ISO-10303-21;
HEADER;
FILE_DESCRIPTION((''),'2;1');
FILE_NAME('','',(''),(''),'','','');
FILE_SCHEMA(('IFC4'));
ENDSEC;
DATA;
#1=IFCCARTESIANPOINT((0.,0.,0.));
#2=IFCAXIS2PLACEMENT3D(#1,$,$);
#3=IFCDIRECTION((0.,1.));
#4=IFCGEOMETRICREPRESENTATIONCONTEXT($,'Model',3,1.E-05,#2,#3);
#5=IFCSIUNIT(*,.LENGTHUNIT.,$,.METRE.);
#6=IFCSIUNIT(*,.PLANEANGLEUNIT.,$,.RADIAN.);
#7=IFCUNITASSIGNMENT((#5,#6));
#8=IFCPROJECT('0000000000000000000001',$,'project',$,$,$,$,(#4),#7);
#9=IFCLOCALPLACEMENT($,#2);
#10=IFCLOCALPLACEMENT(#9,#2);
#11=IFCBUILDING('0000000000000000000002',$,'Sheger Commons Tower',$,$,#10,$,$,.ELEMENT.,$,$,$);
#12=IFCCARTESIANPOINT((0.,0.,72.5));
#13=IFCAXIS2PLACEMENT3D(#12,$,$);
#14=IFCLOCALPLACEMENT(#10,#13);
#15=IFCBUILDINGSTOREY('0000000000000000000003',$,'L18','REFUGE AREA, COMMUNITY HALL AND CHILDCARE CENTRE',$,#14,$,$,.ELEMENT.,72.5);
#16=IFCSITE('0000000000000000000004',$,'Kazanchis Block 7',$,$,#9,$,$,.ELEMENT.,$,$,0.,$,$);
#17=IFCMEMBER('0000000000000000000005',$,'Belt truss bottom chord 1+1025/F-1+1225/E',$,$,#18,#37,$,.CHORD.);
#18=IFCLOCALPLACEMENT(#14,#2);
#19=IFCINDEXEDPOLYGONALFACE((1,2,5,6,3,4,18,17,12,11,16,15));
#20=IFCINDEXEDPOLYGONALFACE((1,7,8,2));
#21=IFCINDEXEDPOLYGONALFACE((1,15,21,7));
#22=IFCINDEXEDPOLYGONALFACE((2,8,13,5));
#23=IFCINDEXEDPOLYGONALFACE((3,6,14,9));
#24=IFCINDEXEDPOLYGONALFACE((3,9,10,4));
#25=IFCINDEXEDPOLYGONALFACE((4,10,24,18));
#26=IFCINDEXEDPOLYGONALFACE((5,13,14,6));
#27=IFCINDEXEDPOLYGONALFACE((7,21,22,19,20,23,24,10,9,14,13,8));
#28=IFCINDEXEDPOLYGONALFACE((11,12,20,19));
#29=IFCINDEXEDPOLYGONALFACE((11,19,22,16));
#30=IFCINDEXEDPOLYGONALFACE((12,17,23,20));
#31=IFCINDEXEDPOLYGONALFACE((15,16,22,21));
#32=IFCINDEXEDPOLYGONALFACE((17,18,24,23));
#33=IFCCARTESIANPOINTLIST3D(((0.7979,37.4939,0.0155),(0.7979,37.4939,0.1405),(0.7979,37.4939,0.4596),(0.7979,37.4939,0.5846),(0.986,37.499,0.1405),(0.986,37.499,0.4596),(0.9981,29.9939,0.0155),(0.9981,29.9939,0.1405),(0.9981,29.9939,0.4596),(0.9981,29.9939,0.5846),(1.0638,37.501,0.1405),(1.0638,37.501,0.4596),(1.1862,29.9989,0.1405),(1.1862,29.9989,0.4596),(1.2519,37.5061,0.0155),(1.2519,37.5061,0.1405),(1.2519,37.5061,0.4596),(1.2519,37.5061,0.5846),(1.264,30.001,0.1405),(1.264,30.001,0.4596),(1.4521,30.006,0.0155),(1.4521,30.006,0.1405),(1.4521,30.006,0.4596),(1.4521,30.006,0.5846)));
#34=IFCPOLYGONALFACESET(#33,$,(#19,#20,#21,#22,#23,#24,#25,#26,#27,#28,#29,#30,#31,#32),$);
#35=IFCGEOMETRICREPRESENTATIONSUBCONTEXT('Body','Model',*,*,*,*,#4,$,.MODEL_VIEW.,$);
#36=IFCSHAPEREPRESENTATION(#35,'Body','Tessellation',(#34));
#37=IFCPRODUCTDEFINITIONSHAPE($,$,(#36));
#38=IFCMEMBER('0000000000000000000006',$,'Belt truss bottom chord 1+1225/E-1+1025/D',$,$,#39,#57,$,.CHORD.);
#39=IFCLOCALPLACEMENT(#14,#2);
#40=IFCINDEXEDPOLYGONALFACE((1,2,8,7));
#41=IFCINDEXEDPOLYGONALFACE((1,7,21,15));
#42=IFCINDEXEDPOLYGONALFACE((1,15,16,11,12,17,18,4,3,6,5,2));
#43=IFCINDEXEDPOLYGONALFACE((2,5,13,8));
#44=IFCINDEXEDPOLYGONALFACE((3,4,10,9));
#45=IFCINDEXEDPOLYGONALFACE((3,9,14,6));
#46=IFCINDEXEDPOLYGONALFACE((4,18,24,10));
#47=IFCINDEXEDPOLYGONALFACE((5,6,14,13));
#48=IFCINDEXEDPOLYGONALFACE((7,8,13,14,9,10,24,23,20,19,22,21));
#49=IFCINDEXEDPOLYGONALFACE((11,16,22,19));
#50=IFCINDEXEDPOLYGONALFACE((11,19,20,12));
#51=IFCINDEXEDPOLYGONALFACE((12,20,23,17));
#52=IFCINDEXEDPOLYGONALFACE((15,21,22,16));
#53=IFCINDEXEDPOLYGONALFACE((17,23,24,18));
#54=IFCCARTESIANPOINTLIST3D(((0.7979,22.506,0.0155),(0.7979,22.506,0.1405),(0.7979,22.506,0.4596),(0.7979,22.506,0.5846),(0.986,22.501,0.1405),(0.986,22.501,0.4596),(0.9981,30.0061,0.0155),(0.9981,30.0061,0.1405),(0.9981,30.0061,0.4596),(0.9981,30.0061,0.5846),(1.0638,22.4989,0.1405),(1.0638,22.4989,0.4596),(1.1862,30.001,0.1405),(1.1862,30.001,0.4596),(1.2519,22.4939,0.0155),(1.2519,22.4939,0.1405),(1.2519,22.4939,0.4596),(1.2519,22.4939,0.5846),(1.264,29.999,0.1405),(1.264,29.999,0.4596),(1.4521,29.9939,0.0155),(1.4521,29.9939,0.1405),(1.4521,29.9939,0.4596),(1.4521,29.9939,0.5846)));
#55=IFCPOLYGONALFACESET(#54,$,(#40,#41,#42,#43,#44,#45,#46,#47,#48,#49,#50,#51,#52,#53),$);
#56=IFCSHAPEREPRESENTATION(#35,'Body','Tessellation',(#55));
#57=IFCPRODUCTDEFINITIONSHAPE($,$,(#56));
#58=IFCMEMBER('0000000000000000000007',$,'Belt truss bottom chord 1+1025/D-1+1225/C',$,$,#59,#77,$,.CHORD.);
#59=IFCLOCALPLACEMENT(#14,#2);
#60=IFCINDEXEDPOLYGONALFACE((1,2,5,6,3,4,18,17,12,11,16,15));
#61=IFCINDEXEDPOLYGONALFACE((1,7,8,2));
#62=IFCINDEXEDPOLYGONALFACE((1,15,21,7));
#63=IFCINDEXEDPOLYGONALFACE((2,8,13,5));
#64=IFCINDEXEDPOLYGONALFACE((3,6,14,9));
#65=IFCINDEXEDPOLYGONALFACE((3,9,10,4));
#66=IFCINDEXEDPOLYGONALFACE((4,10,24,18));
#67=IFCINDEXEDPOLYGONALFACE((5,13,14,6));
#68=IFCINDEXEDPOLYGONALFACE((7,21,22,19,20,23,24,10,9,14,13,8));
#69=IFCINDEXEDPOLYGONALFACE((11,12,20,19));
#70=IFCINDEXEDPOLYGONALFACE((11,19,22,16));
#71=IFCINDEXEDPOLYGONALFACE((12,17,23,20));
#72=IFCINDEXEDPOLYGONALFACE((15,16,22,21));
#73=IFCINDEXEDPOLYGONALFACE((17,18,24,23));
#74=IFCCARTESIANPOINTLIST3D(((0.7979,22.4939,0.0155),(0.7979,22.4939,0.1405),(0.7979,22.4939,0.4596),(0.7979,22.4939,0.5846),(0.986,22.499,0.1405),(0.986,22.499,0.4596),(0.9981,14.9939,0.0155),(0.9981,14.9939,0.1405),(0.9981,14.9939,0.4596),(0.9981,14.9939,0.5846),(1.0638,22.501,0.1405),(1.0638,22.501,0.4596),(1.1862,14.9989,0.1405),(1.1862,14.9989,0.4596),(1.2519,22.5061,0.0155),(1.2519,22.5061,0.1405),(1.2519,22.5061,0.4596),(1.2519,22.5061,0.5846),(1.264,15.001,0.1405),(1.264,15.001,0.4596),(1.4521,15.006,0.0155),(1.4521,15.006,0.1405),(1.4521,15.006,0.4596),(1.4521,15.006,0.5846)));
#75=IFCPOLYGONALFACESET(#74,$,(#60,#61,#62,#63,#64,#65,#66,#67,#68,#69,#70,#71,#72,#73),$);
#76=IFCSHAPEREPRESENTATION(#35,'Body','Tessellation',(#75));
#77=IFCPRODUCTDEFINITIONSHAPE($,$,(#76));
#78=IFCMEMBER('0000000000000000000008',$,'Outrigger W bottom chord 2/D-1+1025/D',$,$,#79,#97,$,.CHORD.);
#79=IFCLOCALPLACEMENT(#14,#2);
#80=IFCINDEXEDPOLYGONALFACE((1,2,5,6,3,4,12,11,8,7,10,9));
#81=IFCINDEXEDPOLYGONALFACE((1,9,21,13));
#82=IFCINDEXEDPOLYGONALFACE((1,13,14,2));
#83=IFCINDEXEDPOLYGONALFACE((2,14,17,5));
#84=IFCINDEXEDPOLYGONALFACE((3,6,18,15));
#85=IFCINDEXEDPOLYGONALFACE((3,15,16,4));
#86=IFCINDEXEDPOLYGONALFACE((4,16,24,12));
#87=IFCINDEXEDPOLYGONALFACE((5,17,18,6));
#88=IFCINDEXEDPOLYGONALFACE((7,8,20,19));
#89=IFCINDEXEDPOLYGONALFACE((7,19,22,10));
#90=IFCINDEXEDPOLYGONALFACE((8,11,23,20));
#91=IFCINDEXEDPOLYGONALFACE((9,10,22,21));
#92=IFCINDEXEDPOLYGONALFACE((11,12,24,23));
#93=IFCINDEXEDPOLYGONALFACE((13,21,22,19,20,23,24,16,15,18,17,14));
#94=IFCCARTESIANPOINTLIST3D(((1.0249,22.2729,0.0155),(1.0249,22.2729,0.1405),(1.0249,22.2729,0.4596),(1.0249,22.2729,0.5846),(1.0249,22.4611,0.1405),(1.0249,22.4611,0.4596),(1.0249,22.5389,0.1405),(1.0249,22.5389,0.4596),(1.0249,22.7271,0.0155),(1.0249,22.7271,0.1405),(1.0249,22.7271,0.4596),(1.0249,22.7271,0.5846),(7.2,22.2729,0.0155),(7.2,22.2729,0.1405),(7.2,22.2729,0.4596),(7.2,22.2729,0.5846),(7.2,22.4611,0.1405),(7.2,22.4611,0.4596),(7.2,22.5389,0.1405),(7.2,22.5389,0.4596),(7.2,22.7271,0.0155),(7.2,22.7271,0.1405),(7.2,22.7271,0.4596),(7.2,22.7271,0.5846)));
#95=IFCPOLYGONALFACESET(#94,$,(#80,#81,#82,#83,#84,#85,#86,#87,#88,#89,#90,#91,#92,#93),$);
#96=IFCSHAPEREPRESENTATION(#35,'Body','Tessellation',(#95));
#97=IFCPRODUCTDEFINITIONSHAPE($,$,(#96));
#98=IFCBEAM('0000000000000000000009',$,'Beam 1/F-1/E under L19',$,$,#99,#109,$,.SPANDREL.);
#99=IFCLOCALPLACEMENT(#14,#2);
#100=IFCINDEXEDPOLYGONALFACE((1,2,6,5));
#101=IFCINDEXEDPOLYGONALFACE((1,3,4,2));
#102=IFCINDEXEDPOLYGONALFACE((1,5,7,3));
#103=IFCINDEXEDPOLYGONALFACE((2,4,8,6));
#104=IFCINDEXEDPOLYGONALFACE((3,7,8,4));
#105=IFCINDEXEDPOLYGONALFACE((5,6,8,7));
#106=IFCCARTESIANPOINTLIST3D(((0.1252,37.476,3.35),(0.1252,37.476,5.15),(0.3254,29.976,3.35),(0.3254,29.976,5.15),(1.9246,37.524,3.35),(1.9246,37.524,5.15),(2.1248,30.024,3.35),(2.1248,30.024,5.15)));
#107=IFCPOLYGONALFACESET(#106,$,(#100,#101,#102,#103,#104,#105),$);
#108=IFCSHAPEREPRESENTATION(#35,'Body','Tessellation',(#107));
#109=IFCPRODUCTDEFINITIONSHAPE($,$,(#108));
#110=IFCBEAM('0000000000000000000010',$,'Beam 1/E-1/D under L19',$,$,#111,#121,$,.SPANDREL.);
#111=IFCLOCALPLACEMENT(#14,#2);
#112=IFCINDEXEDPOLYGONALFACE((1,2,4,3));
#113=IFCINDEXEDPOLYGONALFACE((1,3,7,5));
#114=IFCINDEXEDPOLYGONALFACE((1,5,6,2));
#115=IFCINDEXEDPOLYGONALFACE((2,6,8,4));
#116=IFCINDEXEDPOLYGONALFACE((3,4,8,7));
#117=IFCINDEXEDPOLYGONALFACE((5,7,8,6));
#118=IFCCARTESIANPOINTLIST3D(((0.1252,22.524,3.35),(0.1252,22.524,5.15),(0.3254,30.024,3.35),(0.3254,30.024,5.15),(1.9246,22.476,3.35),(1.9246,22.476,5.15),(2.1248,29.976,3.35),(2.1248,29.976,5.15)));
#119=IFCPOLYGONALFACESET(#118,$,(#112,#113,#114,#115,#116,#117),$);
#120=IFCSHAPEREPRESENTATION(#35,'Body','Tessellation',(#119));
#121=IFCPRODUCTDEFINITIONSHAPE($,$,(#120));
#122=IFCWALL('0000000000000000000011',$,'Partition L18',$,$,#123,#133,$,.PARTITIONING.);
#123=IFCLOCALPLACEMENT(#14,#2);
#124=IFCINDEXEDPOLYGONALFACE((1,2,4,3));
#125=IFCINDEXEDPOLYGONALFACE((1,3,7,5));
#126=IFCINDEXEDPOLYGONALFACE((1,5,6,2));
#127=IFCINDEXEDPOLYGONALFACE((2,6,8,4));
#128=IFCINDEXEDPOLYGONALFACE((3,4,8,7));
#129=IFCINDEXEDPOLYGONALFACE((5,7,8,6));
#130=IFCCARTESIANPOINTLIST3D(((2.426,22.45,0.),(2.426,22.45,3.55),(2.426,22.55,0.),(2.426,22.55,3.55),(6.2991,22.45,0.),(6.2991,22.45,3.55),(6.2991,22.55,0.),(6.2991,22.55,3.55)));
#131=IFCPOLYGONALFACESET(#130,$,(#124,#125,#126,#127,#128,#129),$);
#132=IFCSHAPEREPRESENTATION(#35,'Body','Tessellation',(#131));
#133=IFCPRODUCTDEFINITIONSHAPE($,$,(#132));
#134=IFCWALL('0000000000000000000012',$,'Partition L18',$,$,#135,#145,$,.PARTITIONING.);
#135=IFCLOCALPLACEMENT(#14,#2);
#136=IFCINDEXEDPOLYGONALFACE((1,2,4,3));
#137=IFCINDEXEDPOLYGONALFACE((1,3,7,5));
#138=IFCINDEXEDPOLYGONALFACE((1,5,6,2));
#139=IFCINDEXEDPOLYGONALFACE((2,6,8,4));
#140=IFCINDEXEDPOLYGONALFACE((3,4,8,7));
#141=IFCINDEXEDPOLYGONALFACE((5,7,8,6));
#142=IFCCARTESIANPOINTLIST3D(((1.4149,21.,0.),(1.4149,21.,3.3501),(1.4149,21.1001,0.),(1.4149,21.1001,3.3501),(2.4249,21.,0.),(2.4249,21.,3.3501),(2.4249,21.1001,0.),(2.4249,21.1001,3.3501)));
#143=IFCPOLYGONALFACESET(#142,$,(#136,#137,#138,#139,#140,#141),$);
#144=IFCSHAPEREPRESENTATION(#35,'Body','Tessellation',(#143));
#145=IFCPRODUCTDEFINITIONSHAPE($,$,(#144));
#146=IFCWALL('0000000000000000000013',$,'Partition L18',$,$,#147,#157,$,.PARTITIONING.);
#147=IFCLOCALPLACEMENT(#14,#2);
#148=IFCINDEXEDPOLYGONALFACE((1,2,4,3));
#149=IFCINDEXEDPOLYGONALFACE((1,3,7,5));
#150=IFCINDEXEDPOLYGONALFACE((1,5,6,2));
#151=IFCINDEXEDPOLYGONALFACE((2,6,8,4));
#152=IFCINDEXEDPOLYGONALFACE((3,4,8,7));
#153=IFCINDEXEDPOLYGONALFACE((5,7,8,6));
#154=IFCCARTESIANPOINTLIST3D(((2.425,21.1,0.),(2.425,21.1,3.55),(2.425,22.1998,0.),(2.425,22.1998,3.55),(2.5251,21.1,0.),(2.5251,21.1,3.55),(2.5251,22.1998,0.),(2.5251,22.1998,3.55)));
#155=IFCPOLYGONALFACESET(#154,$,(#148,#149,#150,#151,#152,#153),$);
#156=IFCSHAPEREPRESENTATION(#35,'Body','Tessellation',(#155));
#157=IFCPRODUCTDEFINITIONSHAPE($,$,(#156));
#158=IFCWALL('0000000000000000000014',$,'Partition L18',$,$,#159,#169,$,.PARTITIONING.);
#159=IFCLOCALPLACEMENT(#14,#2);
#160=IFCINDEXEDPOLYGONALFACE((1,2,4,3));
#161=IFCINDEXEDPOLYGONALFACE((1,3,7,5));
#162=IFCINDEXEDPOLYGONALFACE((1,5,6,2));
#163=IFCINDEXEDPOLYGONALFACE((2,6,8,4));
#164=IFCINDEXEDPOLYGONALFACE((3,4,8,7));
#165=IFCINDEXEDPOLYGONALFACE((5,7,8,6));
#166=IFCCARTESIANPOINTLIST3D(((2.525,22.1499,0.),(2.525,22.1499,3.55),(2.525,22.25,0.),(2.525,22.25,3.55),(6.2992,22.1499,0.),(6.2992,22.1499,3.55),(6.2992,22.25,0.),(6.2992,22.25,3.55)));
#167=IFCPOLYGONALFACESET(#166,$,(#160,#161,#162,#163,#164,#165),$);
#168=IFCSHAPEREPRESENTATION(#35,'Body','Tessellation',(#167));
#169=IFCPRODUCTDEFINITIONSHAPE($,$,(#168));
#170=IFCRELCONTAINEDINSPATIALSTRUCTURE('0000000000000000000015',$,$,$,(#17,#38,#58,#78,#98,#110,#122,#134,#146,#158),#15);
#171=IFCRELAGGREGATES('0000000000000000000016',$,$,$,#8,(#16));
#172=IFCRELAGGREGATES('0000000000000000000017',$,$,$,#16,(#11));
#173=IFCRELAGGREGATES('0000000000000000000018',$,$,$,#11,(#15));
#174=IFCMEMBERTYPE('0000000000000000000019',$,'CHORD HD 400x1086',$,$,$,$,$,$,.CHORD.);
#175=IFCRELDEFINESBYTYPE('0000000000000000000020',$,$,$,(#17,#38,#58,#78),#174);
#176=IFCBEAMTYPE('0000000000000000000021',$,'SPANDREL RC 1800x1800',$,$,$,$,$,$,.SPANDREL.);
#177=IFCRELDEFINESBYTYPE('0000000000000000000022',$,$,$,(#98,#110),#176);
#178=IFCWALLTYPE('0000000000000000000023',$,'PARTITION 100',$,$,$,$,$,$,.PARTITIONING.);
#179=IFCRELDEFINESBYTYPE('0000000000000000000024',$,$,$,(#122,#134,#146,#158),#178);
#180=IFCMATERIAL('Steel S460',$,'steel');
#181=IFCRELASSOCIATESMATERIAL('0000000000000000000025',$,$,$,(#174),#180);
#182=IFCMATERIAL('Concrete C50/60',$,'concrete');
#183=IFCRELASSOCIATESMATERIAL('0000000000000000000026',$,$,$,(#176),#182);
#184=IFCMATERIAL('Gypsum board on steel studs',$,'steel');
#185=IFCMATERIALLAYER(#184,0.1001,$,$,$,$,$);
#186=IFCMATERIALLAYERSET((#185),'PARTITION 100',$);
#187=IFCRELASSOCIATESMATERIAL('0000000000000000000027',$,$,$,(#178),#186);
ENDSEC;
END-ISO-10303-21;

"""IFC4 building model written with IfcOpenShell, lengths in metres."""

from ifc_helpers import new_model, si_unit, direction, frame, frame_2d, origin, origin_2d, place, context, subcontext, project, spatial, rectangle, i_section, extrude, material, layer, layer_set, material_profile, profile_set, type_object, element, save


model = new_model("IFC4")

# Units and contexts
model_context = context("Model", 3, precision=1e-05, world=origin(), true_north=direction((0.0, 1.0)))
body_context = subcontext(model_context, "Body", "Model", "MODEL_VIEW")
ifc_project = project(units=[si_unit("LENGTHUNIT", "METRE"), si_unit("PLANEANGLEUNIT", "RADIAN")], contexts=[model_context])

# Site, building, storey
site_placement = place(None, origin())
site = spatial("IfcSite", under=ifc_project, at=site_placement, Name="Kazanchis Block 7", CompositionType="ELEMENT", RefElevation=0.0)
building_placement = place(site_placement, origin())
building = spatial("IfcBuilding", under=site, at=building_placement, Name="Sheger Commons Tower", CompositionType="ELEMENT")
storey_placement = place(building_placement, frame((0.0, 0.0, 72.5)))
storey = spatial("IfcBuildingStorey", under=building, at=storey_placement, Name="L18", Description="REFUGE AREA, COMMUNITY HALL AND CHILDCARE CENTRE", CompositionType="ELEMENT", Elevation=72.5)

# Members
ifc_material_1 = material(Name="Steel S460", Category="steel")
ifc_material_profile_1 = material_profile(ifc_material_1, i_section(OverallWidth=0.4541, OverallDepth=0.5691, WebThickness=0.0779, FlangeThickness=0.125, at=origin_2d()), Name="HD 400x1086")
ifc_profile_set_1 = profile_set([ifc_material_profile_1], Name="Steel S460")
member_type_1 = type_object("IfcMemberType", Name="CHORD HD 400x1086", PredefinedType="CHORD", material=ifc_profile_set_1)
for number, where, z_axis, x_axis, name in (
    (1, (1.0249, 37.5, 0.3), (0.026683, -0.999644, 0.0), (0.999644, 0.026683, 0.0), "Belt truss bottom chord 1+1025/F-1+1225/E"),
    (2, (1.2251, 30.0, 0.3), (-0.026683, -0.999644, 0.0), (0.999644, -0.026683, 0.0), "Belt truss bottom chord 1+1225/E-1+1025/D"),
    (3, (1.0249, 22.5, 0.3), (0.026683, -0.999644, 0.0), (0.999644, 0.026683, 0.0), "Belt truss bottom chord 1+1025/D-1+1225/C"),
):
    element("IfcMember", number, at=place(storey_placement, frame(where, z_axis=z_axis, x_axis=x_axis)), inside=storey, type_object=member_type_1, Name=name, PredefinedType="CHORD", context=body_context, shape_type="SweptSolid", body=[
        extrude(i_section(OverallWidth=0.4541, OverallDepth=0.5691, WebThickness=0.0779, FlangeThickness=0.125, at=origin_2d()), origin(), (0.0, 0.0, 1.0), 7.5027),
    ])
member_1_placement = place(storey_placement, frame((7.2, 22.5, 0.3), z_axis=(-1.0, 0.0, 0.0), x_axis=(0.0, -1.0, 0.0)))
element("IfcMember", 4, at=member_1_placement, inside=storey, type_object=member_type_1, Name="Outrigger W bottom chord 2/D-1+1025/D", PredefinedType="CHORD", context=body_context, shape_type="SweptSolid", body=[
    extrude(i_section(OverallWidth=0.4541, OverallDepth=0.5691, WebThickness=0.0779, FlangeThickness=0.125, at=origin_2d()), origin(), (0.0, 0.0, 1.0), 6.175),
])

# Beams
ifc_material_2 = material(Name="Concrete C50/60", Category="concrete")
ifc_material_profile_2 = material_profile(ifc_material_2, rectangle(XDim=1.8, YDim=1.8, at=origin_2d()), Name="RC 1800x1800")
ifc_profile_set_2 = profile_set([ifc_material_profile_2], Name="Concrete C50/60")
beam_type_1 = type_object("IfcBeamType", Name="SPANDREL RC 1800x1800", PredefinedType="SPANDREL", material=ifc_profile_set_2)
for number, where, z_axis, x_axis, name in (
    (5, (1.0249, 37.5, 4.25), (0.026683, -0.999644, 0.0), (0.999644, 0.026683, 0.0), "Beam 1/F-1/E under L19"),
    (6, (1.2251, 30.0, 4.25), (-0.026683, -0.999644, 0.0), (0.999644, -0.026683, 0.0), "Beam 1/E-1/D under L19"),
):
    element("IfcBeam", number, at=place(storey_placement, frame(where, z_axis=z_axis, x_axis=x_axis)), inside=storey, type_object=beam_type_1, Name=name, PredefinedType="SPANDREL", context=body_context, shape_type="SweptSolid", body=[
        extrude(rectangle(XDim=1.8, YDim=1.8, at=origin_2d()), origin(), (0.0, 0.0, 1.0), 7.5027),
    ])

# Walls
ifc_material_3 = material(Name="Gypsum board on steel studs", Category="steel")
ifc_layer = layer(ifc_material_3, 0.1001)
ifc_layer_set = layer_set([ifc_layer], Name="PARTITION 100")
wall_type = type_object("IfcWallType", Name="PARTITION 100", PredefinedType="PARTITIONING", material=ifc_layer_set)
wall_1_placement = place(storey_placement, frame((2.426, 22.5, 0.0), z_axis=(0.0, 0.0, 1.0), x_axis=(1.0, 0.0, 0.0)))
element("IfcWall", 7, at=wall_1_placement, inside=storey, type_object=wall_type, Name="Partition L18", PredefinedType="PARTITIONING", context=body_context, shape_type="SweptSolid", body=[
    extrude(rectangle(XDim=3.873, YDim=0.1001, at=frame_2d((1.9365, 0.0))), origin(), (0.0, 0.0, 1.0), 3.55),
])
wall_2_placement = place(storey_placement, frame((1.415, 21.05, 0.0), z_axis=(0.0, 0.0, 1.0), x_axis=(1.0, 0.0, 0.0)))
element("IfcWall", 8, at=wall_2_placement, inside=storey, type_object=wall_type, Name="Partition L18", PredefinedType="PARTITIONING", context=body_context, shape_type="SweptSolid", body=[
    extrude(rectangle(XDim=1.01, YDim=0.1001, at=frame_2d((0.5049, 0.0))), origin(), (0.0, 0.0, 1.0), 3.3501),
])
wall_3_placement = place(storey_placement, frame((2.4751, 21.1001, 0.0), z_axis=(0.0, 0.0, 1.0), x_axis=(0.0, 1.0, 0.0)))
element("IfcWall", 9, at=wall_3_placement, inside=storey, type_object=wall_type, Name="Partition L18", PredefinedType="PARTITIONING", context=body_context, shape_type="SweptSolid", body=[
    extrude(rectangle(XDim=1.0999, YDim=0.1001, at=frame_2d((0.5498, 0.0))), origin(), (0.0, 0.0, 1.0), 3.55),
])
wall_4_placement = place(storey_placement, frame((2.5249, 22.2, 0.0), z_axis=(0.0, 0.0, 1.0), x_axis=(1.0, 0.0, 0.0)))
element("IfcWall", 10, at=wall_4_placement, inside=storey, type_object=wall_type, Name="Partition L18", PredefinedType="PARTITIONING", context=body_context, shape_type="SweptSolid", body=[
    extrude(rectangle(XDim=3.7742, YDim=0.1001, at=frame_2d((1.8872, 0.0))), origin(), (0.0, 0.0, 1.0), 3.55),
])

save(model, "model.ifc")
